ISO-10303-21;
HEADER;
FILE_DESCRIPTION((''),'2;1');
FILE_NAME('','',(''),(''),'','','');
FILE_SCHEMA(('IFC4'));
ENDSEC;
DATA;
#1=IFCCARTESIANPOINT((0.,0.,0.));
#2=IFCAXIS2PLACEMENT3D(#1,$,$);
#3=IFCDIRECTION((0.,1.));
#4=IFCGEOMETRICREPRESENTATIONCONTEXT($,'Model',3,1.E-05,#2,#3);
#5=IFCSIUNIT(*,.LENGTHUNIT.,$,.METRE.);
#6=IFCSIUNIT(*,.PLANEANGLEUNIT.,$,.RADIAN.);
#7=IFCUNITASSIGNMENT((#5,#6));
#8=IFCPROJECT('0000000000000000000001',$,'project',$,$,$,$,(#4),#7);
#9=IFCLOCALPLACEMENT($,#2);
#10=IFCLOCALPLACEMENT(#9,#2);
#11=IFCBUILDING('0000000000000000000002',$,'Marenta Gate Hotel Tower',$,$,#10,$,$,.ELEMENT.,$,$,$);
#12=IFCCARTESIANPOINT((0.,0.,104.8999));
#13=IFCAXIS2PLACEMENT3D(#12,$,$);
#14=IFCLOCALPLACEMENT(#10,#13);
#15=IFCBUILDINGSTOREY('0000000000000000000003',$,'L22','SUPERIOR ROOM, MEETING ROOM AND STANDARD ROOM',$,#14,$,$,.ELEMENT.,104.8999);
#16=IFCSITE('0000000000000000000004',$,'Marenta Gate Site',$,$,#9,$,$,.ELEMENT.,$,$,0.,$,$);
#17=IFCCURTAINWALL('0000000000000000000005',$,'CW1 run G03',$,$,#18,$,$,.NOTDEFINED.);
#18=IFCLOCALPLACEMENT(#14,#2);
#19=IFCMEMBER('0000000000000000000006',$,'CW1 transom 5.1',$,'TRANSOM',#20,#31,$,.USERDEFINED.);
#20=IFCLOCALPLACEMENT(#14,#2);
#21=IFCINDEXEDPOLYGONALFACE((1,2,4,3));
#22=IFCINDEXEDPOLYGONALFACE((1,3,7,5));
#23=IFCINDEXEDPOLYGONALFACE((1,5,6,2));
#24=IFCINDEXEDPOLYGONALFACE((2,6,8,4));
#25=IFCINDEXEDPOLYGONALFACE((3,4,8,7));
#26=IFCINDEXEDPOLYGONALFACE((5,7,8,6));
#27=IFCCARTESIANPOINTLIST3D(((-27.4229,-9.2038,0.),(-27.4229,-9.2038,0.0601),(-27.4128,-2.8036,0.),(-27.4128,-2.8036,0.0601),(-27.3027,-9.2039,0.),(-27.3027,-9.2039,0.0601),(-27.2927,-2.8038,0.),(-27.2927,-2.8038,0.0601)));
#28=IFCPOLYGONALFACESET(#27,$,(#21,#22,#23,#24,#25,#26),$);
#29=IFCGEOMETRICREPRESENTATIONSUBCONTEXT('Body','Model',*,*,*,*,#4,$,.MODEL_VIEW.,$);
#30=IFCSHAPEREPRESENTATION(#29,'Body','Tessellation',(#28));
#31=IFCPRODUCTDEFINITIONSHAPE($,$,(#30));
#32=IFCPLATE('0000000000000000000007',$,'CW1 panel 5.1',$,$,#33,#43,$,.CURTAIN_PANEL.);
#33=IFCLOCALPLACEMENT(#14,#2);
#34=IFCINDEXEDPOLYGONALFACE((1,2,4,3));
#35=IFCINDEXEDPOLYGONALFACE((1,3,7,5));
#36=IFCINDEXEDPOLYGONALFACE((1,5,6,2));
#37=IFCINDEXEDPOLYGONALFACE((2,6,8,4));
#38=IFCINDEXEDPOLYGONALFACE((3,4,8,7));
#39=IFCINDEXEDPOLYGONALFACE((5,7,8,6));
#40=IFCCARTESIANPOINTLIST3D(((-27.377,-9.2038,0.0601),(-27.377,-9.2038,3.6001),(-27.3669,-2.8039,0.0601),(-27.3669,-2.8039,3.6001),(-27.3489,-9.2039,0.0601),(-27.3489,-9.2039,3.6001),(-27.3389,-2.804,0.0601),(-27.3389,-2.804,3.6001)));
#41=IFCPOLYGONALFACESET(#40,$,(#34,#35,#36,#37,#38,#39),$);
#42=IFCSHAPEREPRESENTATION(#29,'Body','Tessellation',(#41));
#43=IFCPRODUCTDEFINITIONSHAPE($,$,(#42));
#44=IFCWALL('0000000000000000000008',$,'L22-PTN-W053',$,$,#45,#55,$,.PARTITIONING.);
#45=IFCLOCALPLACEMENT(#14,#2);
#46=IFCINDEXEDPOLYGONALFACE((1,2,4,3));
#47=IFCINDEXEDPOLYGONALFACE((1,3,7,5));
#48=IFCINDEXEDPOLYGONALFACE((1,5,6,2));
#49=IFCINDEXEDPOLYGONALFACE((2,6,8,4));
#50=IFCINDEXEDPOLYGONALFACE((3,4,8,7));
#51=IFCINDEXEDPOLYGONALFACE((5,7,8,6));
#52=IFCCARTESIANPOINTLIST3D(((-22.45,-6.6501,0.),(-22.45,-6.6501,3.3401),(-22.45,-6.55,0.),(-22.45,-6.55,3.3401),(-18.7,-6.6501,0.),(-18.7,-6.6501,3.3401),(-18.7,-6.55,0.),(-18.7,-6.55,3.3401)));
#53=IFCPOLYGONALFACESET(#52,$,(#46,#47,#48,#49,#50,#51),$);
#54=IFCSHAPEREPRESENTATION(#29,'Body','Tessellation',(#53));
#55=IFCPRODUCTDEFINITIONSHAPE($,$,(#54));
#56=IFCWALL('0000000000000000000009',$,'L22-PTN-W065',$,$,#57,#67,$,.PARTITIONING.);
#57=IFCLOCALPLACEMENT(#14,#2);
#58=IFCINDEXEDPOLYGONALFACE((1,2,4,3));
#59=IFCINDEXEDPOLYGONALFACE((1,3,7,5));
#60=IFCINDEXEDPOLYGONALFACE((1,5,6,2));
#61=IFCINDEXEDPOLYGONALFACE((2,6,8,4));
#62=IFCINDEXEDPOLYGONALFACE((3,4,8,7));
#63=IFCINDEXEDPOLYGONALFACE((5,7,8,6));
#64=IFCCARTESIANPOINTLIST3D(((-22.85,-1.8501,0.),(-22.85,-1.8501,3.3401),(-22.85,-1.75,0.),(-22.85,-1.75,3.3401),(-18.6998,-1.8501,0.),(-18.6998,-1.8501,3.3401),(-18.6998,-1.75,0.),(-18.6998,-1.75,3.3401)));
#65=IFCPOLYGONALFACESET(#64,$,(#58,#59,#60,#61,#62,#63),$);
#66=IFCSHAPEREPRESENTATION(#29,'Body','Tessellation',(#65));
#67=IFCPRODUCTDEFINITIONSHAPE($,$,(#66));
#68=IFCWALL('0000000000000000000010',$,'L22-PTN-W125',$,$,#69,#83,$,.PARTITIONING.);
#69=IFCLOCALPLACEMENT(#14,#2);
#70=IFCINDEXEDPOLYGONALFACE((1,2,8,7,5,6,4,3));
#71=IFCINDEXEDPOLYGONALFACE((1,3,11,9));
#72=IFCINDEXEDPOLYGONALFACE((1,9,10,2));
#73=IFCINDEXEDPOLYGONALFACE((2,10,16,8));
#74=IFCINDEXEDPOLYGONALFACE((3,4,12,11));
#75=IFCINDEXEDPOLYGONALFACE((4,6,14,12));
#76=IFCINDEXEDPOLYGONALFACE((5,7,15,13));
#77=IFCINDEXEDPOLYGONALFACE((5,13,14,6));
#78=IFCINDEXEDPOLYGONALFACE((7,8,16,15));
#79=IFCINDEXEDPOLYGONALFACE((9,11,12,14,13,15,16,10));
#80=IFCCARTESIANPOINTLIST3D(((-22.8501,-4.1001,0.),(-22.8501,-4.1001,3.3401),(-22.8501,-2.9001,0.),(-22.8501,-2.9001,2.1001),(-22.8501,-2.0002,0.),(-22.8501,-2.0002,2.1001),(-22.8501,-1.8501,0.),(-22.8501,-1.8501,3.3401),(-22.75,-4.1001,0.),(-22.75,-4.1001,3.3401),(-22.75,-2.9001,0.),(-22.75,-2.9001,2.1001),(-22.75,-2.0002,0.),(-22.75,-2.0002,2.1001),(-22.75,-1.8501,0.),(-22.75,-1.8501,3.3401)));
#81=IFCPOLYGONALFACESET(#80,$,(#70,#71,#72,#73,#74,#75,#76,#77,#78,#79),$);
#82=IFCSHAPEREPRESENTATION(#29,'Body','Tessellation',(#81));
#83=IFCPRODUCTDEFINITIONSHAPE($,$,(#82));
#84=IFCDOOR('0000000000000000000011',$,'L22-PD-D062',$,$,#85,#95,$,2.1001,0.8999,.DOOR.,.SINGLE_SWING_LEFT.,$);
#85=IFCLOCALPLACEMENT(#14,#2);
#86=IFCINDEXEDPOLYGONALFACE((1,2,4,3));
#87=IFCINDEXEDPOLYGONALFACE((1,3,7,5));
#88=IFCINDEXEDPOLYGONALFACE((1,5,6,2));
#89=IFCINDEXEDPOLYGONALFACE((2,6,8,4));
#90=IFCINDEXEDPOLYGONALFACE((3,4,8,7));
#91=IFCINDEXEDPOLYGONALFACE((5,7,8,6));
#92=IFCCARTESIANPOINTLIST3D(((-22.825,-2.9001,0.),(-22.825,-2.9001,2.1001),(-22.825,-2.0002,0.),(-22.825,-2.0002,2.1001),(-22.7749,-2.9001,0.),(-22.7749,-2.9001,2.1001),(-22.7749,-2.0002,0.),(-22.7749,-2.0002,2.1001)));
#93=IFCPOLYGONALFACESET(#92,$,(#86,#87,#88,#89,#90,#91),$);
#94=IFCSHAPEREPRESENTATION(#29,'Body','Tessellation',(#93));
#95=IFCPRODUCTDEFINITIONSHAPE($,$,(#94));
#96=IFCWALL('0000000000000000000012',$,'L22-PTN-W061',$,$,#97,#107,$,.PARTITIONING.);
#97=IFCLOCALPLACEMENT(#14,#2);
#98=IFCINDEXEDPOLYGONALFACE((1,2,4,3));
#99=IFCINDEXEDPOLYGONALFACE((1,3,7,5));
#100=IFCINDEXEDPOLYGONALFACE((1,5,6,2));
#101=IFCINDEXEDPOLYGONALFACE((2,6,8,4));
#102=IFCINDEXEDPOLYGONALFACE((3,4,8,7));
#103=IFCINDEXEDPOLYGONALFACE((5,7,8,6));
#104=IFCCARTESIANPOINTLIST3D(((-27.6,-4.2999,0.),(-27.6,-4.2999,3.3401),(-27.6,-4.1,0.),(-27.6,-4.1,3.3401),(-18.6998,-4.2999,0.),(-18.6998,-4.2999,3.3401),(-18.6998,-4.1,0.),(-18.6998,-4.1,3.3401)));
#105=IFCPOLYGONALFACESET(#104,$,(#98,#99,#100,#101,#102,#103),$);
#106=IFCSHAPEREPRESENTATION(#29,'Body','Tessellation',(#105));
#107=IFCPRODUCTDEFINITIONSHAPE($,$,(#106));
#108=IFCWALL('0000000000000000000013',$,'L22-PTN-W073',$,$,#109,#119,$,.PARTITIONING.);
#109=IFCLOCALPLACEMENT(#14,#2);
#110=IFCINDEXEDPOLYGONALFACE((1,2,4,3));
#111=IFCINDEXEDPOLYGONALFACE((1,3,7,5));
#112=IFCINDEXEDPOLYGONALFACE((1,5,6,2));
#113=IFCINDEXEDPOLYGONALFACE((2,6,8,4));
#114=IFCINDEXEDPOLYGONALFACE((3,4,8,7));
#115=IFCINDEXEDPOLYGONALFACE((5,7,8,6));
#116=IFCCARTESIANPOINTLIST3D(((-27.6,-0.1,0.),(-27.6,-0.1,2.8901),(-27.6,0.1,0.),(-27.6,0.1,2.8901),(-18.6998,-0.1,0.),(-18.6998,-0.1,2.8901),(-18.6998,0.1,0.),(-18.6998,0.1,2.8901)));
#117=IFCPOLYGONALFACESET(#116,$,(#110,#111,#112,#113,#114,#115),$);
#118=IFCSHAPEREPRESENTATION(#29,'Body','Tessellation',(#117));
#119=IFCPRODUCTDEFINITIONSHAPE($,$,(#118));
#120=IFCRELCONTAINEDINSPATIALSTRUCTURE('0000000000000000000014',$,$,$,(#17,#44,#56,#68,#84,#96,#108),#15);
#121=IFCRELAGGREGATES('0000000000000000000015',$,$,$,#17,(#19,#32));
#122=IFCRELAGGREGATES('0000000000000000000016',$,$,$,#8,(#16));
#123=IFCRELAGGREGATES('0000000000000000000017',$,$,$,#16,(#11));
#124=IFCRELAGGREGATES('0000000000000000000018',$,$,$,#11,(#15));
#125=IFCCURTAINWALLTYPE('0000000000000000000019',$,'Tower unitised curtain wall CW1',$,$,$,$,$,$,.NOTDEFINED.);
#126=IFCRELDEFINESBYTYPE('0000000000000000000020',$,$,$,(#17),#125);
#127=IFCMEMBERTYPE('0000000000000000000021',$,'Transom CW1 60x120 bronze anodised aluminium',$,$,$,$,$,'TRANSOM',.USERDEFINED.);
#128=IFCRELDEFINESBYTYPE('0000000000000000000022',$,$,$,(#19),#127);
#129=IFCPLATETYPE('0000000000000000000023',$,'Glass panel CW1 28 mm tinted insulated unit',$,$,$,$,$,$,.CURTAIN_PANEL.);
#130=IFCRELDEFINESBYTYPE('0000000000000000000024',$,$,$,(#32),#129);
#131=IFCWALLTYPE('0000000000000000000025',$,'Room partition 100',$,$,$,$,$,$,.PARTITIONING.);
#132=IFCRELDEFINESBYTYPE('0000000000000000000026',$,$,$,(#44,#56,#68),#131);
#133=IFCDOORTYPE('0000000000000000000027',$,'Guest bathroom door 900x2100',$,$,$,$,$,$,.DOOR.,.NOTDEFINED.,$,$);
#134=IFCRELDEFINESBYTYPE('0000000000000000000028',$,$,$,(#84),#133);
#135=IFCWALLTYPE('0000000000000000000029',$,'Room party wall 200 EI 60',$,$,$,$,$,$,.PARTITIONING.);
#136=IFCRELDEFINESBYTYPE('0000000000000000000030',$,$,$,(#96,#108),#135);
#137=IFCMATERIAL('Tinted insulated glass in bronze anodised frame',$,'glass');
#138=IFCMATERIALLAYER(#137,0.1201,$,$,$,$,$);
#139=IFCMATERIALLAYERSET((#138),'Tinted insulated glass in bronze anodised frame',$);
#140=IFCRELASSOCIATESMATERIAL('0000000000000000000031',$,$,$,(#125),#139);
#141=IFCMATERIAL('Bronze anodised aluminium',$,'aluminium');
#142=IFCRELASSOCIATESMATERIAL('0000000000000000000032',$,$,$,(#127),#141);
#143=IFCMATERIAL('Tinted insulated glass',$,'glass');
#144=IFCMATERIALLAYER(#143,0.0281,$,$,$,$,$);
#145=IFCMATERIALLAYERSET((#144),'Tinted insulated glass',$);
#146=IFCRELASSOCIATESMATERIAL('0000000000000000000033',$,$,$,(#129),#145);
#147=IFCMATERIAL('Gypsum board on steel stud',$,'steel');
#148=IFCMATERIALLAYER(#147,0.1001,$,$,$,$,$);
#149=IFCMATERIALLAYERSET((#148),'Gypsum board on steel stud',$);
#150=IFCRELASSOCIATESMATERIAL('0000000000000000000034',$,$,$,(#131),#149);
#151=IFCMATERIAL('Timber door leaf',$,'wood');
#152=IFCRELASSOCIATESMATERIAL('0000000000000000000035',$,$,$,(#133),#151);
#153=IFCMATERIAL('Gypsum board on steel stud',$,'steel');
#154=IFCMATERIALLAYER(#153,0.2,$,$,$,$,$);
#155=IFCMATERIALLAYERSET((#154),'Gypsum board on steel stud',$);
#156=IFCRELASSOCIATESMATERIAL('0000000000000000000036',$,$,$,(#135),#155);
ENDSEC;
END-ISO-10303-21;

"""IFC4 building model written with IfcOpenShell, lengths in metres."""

from ifc_helpers import new_model, si_unit, direction, frame, frame_2d, origin, origin_2d, place, context, subcontext, project, spatial, rectangle, extrude, material, layer, layer_set, material_profile, profile_set, type_object, element, fill, aggregate, save


model = new_model("IFC4")

# Units and contexts
model_context = context("Model", 3, precision=1e-05, world=origin(), true_north=direction((0.0, 1.0)))
body_context = subcontext(model_context, "Body", "Model", "MODEL_VIEW")
ifc_project = project(units=[si_unit("LENGTHUNIT", "METRE"), si_unit("PLANEANGLEUNIT", "RADIAN")], contexts=[model_context])

# Site, building, storey
site_placement = place(None, origin())
site = spatial("IfcSite", under=ifc_project, at=site_placement, Name="Marenta Gate Site", CompositionType="ELEMENT", RefElevation=0.0)
building_placement = place(site_placement, origin())
building = spatial("IfcBuilding", under=site, at=building_placement, Name="Marenta Gate Hotel Tower", CompositionType="ELEMENT")
storey_placement = place(building_placement, frame((0.0, 0.0, 104.8999)))
storey = spatial("IfcBuildingStorey", under=building, at=storey_placement, Name="L22", Description="SUPERIOR ROOM, MEETING ROOM AND STANDARD ROOM", CompositionType="ELEMENT", Elevation=104.8999)

# Curtain wall, member, plate
ifc_material_1 = material(Name="Tinted insulated glass in bronze anodised frame", Category="glass")
ifc_layer_1 = layer(ifc_material_1, 0.1201)
ifc_layer_set_1 = layer_set([ifc_layer_1], Name="Tinted insulated glass in bronze anodised frame")
curtain_wall_type = type_object("IfcCurtainWallType", Name="Tower unitised curtain wall CW1", PredefinedType="NOTDEFINED", material=ifc_layer_set_1)
curtain_wall_placement = place(storey_placement, origin())
curtain_wall = element("IfcCurtainWall", 1, at=curtain_wall_placement, inside=storey, type_object=curtain_wall_type, Name="CW1 run G03", PredefinedType="NOTDEFINED")
ifc_material_2 = material(Name="Bronze anodised aluminium", Category="aluminium")
ifc_material_profile_1 = material_profile(ifc_material_2, rectangle(XDim=0.1201, YDim=0.0601, at=origin_2d()), Name="Transom CW1 60x120 bronze anodised aluminium")
ifc_profile_set_1 = profile_set([ifc_material_profile_1], Name="Bronze anodised aluminium")
member_type_1 = type_object("IfcMemberType", Name="Transom CW1 60x120 bronze anodised aluminium", ElementType="TRANSOM", PredefinedType="USERDEFINED", material=ifc_profile_set_1)
member_1_placement = place(storey_placement, frame((-27.3528, -2.8037, 0.03), z_axis=(-0.001564, -0.999999, 0.0), x_axis=(0.999999, -0.001564, 0.0)))
member_1 = element("IfcMember", 2, at=member_1_placement, type_object=member_type_1, Name="CW1 transom 5.1", ObjectType="TRANSOM", PredefinedType="USERDEFINED", context=body_context, shape_type="SweptSolid", body=[
    extrude(rectangle(XDim=0.1201, YDim=0.0601, at=origin_2d()), origin(), (0.0, 0.0, 1.0), 6.4001),
])
ifc_material_3 = material(Name="Tinted insulated glass", Category="glass")
ifc_layer_2 = layer(ifc_material_3, 0.0281)
ifc_layer_set_2 = layer_set([ifc_layer_2], Name="Tinted insulated glass")
plate_type = type_object("IfcPlateType", Name="Glass panel CW1 28 mm tinted insulated unit", PredefinedType="CURTAIN_PANEL", material=ifc_layer_set_2)
plate_placement = place(storey_placement, frame((-27.3579, -6.0039, 0.0601), z_axis=(0.0, 0.0, 1.0), x_axis=(-0.001566, -0.999999, 0.0)))
plate = element("IfcPlate", 3, at=plate_placement, type_object=plate_type, Name="CW1 panel 5.1", PredefinedType="CURTAIN_PANEL", context=body_context, shape_type="SweptSolid", body=[
    extrude(rectangle(XDim=6.3999, YDim=0.0281, at=origin_2d()), origin(), (0.0, 0.0, 1.0), 3.54),
])
aggregate(curtain_wall, [member_1, plate])

# Walls
ifc_material_4 = material(Name="Gypsum board on steel stud", Category="steel")
ifc_layer_3 = layer(ifc_material_4, 0.1001)
ifc_layer_set_3 = layer_set([ifc_layer_3], Name="Gypsum board on steel stud")
wall_type_1 = type_object("IfcWallType", Name="Room partition 100", PredefinedType="PARTITIONING", material=ifc_layer_set_3)
wall_1_placement = place(storey_placement, frame((-22.45, -6.6001, 0.0), z_axis=(0.0, 0.0, 1.0), x_axis=(1.0, 0.0, 0.0)))
element("IfcWall", 4, at=wall_1_placement, inside=storey, type_object=wall_type_1, Name="L22-PTN-W053", PredefinedType="PARTITIONING", context=body_context, shape_type="SweptSolid", body=[
    extrude(rectangle(XDim=3.75, YDim=0.1001, at=frame_2d((1.875, 0.0))), origin(), (0.0, 0.0, 1.0), 3.3401),
])
wall_2_placement = place(storey_placement, frame((-22.8501, -1.8, 0.0), z_axis=(0.0, 0.0, 1.0), x_axis=(1.0, 0.0, 0.0)))
element("IfcWall", 5, at=wall_2_placement, inside=storey, type_object=wall_type_1, Name="L22-PTN-W065", PredefinedType="PARTITIONING", context=body_context, shape_type="SweptSolid", body=[
    extrude(rectangle(XDim=4.1501, YDim=0.1001, at=frame_2d((2.0752, 0.0))), origin(), (0.0, 0.0, 1.0), 3.3401),
])

# Wall, opening, door
wall_3_placement = place(storey_placement, frame((-22.8, -4.1001, 0.0), z_axis=(0.0, 0.0, 1.0), x_axis=(0.0, 1.0, 0.0)))
wall_3 = element("IfcWall", 6, at=wall_3_placement, inside=storey, type_object=wall_type_1, Name="L22-PTN-W125", PredefinedType="PARTITIONING", context=body_context, shape_type="SweptSolid", body=[
    extrude(rectangle(XDim=2.25, YDim=0.1001, at=frame_2d((1.125, 0.0))), origin(), (0.0, 0.0, 1.0), 3.3401),
])
opening_1_placement = place(wall_3_placement, frame((1.2, 0.0, 0.0)))
opening_1 = element("IfcOpeningElement", 7, at=opening_1_placement, cuts=wall_3, PredefinedType="OPENING", context=body_context, shape_type="SweptSolid", body=[
    extrude(rectangle(XDim=0.8999, YDim=2.1001, at=frame_2d((0.45, 1.05))), frame((0.0, 0.05, 0.0), z_axis=(0.0, -1.0, 0.0), x_axis=(1.0, 0.0, 0.0)), (0.0, 0.0, 1.0), 0.1001),
])
ifc_material_5 = material(Name="Timber door leaf", Category="wood")
door_type_1 = type_object("IfcDoorType", Name="Guest bathroom door 900x2100", OperationType="NOTDEFINED", PredefinedType="DOOR", material=ifc_material_5)
door_1_placement = place(opening_1_placement, origin())
door_1 = element("IfcDoor", 8, at=door_1_placement, inside=storey, type_object=door_type_1, Name="L22-PD-D062", OperationType="SINGLE_SWING_LEFT", OverallHeight=2.1001, OverallWidth=0.8999, PredefinedType="DOOR", context=body_context, shape_type="SweptSolid", body=[
    extrude(rectangle(XDim=0.8999, YDim=2.1001, at=frame_2d((0.45, 1.05))), frame((0.0, 0.0249, 0.0), z_axis=(0.0, -1.0, 0.0), x_axis=(1.0, 0.0, 0.0)), (0.0, 0.0, 1.0), 0.05),
])
fill(opening_1, door_1)

# Walls
ifc_material_6 = material(Name="Gypsum board on steel stud", Category="steel")
ifc_layer_4 = layer(ifc_material_6, 0.2)
ifc_layer_set_4 = layer_set([ifc_layer_4], Name="Gypsum board on steel stud")
wall_type_2 = type_object("IfcWallType", Name="Room party wall 200 EI 60", PredefinedType="PARTITIONING", material=ifc_layer_set_4)
wall_4_placement = place(storey_placement, frame((-27.6001, -4.2, 0.0), z_axis=(0.0, 0.0, 1.0), x_axis=(1.0, 0.0, 0.0)))
element("IfcWall", 9, at=wall_4_placement, inside=storey, type_object=wall_type_2, Name="L22-PTN-W061", PredefinedType="PARTITIONING", context=body_context, shape_type="SweptSolid", body=[
    extrude(rectangle(XDim=8.9001, YDim=0.2, at=frame_2d((4.4502, 0.0))), origin(), (0.0, 0.0, 1.0), 3.3401),
])
wall_5_placement = place(storey_placement, frame((-27.6001, 0.0, 0.0), z_axis=(0.0, 0.0, 1.0), x_axis=(1.0, 0.0, 0.0)))
element("IfcWall", 10, at=wall_5_placement, inside=storey, type_object=wall_type_2, Name="L22-PTN-W073", PredefinedType="PARTITIONING", context=body_context, shape_type="SweptSolid", body=[
    extrude(rectangle(XDim=8.9001, YDim=0.2, at=frame_2d((4.4502, 0.0))), origin(), (0.0, 0.0, 1.0), 2.8901),
])

save(model, "model.ifc")
